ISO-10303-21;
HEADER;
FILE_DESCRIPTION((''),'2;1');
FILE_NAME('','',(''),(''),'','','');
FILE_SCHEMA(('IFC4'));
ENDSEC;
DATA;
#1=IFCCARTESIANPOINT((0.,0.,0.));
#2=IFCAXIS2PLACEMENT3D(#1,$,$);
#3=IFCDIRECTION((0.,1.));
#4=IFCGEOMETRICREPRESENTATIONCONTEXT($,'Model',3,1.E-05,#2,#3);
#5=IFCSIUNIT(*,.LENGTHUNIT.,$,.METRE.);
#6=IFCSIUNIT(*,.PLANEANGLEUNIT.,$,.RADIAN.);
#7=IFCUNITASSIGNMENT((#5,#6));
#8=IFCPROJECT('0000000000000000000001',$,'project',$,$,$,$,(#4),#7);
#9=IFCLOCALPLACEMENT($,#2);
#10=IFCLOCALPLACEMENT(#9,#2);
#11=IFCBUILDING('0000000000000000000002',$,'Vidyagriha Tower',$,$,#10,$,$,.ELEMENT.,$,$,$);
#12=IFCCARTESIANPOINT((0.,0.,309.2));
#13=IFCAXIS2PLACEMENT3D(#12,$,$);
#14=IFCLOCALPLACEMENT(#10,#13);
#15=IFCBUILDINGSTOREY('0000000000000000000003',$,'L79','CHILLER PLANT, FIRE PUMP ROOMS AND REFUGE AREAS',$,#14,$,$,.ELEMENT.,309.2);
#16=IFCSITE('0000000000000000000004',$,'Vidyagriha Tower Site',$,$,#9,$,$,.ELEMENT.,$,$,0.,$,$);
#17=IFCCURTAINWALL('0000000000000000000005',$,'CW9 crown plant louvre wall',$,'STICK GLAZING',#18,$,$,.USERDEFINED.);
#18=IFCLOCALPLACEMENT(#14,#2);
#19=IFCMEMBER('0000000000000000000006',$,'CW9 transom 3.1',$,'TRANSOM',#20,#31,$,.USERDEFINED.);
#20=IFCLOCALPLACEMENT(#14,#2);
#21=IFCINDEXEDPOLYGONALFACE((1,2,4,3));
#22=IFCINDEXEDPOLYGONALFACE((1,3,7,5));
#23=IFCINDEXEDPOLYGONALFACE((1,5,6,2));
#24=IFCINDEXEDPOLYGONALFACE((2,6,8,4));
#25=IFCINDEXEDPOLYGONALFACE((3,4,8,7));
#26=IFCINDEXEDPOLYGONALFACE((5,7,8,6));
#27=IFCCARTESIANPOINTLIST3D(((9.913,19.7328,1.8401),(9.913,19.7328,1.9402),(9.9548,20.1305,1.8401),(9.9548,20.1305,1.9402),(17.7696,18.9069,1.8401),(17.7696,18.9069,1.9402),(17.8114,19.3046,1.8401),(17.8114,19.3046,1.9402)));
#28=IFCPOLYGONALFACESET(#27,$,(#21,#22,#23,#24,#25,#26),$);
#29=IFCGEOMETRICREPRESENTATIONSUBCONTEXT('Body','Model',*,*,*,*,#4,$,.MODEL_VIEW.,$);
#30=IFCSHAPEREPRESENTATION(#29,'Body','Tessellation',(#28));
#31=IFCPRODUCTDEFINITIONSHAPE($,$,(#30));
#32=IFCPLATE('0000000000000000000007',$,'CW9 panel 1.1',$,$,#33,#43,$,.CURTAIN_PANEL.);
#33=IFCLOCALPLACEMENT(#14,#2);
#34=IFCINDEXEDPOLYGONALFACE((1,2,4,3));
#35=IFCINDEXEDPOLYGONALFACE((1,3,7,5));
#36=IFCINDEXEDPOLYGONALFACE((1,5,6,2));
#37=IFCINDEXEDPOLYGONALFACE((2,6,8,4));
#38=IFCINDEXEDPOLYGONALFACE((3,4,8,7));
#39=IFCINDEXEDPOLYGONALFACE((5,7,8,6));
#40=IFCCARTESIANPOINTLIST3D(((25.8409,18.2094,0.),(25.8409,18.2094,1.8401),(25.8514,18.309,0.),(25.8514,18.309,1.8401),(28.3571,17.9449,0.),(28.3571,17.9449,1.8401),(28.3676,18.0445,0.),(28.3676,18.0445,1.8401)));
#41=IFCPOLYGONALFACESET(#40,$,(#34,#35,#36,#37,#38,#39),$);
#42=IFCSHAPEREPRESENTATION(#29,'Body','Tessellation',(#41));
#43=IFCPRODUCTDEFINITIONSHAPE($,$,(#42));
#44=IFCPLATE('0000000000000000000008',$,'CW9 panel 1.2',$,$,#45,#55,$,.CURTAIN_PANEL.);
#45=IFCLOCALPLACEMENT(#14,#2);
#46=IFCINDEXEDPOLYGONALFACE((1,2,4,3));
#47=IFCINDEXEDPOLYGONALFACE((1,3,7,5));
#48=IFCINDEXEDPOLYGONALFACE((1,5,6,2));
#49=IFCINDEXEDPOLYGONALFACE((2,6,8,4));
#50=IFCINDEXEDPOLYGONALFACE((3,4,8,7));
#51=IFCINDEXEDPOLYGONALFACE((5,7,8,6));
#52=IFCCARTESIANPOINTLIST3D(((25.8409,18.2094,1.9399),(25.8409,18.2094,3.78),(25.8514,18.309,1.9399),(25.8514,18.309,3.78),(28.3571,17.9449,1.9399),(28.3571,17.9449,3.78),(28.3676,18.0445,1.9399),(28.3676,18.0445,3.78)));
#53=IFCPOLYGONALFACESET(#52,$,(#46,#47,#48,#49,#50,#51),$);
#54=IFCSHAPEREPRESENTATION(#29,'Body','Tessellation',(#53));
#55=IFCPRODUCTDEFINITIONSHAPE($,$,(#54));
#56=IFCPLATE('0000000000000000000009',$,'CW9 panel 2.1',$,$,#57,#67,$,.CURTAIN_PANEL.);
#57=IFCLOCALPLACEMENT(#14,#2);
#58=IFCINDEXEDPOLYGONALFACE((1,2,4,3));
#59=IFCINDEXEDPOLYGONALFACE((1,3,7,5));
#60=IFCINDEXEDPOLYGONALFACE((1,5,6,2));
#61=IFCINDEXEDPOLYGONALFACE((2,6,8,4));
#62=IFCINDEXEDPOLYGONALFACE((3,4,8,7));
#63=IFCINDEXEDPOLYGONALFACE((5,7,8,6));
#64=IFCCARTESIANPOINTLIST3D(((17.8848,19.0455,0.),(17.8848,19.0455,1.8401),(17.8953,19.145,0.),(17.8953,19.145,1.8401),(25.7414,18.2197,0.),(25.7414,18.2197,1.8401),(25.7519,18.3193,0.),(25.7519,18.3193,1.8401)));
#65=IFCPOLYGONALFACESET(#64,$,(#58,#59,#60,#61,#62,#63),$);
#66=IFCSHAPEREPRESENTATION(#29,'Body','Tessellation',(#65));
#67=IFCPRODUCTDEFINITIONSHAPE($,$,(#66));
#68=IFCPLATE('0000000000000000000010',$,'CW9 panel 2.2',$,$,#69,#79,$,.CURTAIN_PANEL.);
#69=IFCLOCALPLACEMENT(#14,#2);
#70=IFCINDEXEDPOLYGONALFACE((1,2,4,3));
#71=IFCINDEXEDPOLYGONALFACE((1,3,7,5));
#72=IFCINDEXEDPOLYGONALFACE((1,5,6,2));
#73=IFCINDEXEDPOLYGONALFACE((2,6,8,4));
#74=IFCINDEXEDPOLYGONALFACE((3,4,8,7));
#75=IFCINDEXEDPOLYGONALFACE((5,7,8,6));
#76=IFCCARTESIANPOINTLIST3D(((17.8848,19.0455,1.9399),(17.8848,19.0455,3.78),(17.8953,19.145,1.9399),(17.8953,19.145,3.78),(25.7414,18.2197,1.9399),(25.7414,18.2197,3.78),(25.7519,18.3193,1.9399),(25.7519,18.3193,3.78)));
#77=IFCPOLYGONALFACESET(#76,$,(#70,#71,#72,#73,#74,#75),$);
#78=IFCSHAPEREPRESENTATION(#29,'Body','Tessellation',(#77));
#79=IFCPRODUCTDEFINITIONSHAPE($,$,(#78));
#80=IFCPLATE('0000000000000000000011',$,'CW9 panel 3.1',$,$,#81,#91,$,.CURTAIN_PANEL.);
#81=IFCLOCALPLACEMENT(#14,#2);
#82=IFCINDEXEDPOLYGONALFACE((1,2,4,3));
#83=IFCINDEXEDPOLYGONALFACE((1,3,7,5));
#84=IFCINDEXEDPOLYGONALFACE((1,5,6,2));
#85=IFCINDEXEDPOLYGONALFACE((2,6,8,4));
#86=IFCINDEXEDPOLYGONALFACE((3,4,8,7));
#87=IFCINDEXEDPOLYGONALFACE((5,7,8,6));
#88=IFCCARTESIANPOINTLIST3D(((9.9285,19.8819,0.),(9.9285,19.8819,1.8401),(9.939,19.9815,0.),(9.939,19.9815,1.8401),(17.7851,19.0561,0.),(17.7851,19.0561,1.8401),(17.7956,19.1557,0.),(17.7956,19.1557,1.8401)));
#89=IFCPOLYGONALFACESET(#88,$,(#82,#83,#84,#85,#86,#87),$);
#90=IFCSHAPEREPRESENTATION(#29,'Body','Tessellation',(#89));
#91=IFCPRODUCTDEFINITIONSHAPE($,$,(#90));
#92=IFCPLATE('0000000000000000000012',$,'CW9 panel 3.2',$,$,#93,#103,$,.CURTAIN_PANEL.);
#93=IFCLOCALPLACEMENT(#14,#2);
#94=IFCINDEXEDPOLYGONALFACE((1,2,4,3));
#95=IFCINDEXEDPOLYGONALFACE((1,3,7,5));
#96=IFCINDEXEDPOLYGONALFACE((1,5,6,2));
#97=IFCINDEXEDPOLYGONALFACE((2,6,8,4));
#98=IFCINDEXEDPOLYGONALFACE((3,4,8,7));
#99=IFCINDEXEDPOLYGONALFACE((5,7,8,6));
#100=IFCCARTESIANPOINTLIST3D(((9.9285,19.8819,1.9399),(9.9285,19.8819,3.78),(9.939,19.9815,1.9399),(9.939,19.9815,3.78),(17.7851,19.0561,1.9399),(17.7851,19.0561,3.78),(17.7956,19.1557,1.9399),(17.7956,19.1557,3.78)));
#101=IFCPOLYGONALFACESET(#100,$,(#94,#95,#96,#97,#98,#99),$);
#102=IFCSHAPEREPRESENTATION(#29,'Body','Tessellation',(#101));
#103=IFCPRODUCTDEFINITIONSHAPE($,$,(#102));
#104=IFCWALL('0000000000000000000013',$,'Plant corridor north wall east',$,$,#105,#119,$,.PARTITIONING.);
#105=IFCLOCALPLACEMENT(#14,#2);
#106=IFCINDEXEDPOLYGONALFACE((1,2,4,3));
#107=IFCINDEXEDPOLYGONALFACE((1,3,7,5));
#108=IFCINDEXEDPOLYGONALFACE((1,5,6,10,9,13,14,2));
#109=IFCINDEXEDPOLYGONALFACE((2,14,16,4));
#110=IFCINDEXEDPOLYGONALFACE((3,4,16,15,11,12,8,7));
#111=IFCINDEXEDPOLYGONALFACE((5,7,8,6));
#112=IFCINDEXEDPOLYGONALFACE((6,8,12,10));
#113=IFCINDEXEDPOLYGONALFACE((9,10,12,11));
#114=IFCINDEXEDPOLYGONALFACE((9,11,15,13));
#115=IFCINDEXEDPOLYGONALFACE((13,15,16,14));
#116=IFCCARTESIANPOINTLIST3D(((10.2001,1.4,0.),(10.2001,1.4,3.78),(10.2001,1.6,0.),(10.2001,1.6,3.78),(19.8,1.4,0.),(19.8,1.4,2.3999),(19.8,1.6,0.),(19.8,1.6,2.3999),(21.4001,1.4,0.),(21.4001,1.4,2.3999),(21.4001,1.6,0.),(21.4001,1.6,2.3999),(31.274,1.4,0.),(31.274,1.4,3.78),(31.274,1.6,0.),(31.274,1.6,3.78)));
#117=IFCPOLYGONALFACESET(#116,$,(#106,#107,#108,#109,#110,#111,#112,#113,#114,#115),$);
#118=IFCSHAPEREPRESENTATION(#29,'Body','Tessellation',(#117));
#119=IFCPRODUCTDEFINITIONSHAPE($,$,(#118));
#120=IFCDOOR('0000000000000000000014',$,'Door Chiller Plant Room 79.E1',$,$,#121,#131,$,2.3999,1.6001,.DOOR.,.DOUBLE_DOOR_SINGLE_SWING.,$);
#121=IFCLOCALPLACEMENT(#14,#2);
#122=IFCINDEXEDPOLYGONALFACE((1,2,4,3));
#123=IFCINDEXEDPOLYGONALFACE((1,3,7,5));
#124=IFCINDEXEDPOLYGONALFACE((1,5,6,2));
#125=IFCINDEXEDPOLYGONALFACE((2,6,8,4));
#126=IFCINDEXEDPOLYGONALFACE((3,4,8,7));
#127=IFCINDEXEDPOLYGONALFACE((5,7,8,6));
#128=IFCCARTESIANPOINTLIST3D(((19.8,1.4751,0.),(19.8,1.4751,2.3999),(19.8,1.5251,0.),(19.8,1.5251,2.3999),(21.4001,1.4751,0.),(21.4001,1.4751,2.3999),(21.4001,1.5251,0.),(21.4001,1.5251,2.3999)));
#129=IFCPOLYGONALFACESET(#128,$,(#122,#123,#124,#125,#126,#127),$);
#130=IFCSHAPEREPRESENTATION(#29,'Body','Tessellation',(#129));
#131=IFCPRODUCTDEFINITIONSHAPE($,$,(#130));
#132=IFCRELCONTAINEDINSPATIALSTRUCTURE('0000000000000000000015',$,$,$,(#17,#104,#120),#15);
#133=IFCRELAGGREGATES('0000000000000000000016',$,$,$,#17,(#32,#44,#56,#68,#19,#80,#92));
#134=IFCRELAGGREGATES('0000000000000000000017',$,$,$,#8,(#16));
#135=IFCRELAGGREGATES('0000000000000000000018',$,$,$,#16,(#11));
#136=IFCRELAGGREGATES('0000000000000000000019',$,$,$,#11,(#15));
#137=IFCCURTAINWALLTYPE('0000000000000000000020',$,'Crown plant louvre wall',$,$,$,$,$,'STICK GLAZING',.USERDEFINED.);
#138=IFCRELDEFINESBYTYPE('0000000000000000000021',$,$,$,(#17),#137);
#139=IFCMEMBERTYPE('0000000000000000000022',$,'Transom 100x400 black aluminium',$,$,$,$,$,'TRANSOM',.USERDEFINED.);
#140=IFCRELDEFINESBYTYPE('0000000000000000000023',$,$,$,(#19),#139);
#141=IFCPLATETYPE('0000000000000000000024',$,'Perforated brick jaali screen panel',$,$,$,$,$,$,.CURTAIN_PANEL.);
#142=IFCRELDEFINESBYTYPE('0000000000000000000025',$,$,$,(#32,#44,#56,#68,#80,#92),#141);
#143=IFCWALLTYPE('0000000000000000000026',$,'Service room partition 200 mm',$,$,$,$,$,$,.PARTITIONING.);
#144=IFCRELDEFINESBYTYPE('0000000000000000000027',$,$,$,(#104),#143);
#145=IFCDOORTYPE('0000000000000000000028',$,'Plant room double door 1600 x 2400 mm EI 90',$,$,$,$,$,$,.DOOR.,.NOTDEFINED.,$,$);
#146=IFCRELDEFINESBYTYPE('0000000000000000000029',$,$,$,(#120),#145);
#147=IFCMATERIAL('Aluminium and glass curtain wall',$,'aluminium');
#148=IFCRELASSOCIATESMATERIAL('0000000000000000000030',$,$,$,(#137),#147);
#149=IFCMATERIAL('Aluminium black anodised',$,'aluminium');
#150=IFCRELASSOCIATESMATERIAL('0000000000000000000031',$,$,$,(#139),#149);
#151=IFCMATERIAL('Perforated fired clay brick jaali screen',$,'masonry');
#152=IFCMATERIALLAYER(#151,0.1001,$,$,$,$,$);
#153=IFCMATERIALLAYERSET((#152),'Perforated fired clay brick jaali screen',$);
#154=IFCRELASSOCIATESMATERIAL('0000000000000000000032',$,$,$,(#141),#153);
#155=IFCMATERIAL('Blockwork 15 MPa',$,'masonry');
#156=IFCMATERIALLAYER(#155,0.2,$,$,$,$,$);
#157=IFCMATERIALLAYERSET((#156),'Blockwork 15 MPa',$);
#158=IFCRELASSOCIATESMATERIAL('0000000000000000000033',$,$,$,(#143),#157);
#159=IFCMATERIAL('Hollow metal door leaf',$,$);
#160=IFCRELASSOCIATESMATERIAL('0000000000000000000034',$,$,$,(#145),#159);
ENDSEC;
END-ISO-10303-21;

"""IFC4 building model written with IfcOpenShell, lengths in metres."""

from ifc_helpers import new_model, si_unit, direction, frame, frame_2d, origin, origin_2d, place, context, subcontext, project, spatial, rectangle, extrude, material, layer, layer_set, material_profile, profile_set, type_object, element, fill, aggregate, save


model = new_model("IFC4")

# Units and contexts
model_context = context("Model", 3, precision=1e-05, world=origin(), true_north=direction((0.0, 1.0)))
body_context = subcontext(model_context, "Body", "Model", "MODEL_VIEW")
ifc_project = project(units=[si_unit("LENGTHUNIT", "METRE"), si_unit("PLANEANGLEUNIT", "RADIAN")], contexts=[model_context])

# Site, building, storey
site_placement = place(None, origin())
site = spatial("IfcSite", under=ifc_project, at=site_placement, Name="Vidyagriha Tower Site", CompositionType="ELEMENT", RefElevation=0.0)
building_placement = place(site_placement, origin())
building = spatial("IfcBuilding", under=site, at=building_placement, Name="Vidyagriha Tower", CompositionType="ELEMENT")
storey_placement = place(building_placement, frame((0.0, 0.0, 309.2)))
storey = spatial("IfcBuildingStorey", under=building, at=storey_placement, Name="L79", Description="CHILLER PLANT, FIRE PUMP ROOMS AND REFUGE AREAS", CompositionType="ELEMENT", Elevation=309.2)

# Shared definitions
ifc_material_1 = material(Name="Aluminium and glass curtain wall", Category="aluminium")
curtain_wall_type = type_object("IfcCurtainWallType", Name="Crown plant louvre wall", ElementType="STICK GLAZING", PredefinedType="USERDEFINED", material=ifc_material_1)

# Curtain wall, member, plates
curtain_wall_1_placement = place(storey_placement, origin())
curtain_wall_1 = element("IfcCurtainWall", 1, at=curtain_wall_1_placement, inside=storey, type_object=curtain_wall_type, Name="CW9 crown plant louvre wall", ObjectType="STICK GLAZING", PredefinedType="USERDEFINED")
ifc_material_2 = material(Name="Aluminium black anodised", Category="aluminium")
ifc_material_profile_1 = material_profile(ifc_material_2, rectangle(XDim=0.3999, YDim=0.1001, at=origin_2d()), Name="Transom 100x400 black aluminium")
ifc_profile_set_1 = profile_set([ifc_material_profile_1], Name="Aluminium black anodised")
member_type_1 = type_object("IfcMemberType", Name="Transom 100x400 black aluminium", ElementType="TRANSOM", PredefinedType="USERDEFINED", material=ifc_profile_set_1)
member_1_placement = place(storey_placement, frame((17.7905, 19.1057, 1.8901), z_axis=(-0.99452, 0.104548, 0.0), x_axis=(-0.104548, -0.99452, 0.0)))
member_1 = element("IfcMember", 2, at=member_1_placement, type_object=member_type_1, Name="CW9 transom 3.1", ObjectType="TRANSOM", PredefinedType="USERDEFINED", context=body_context, shape_type="SweptSolid", body=[
    extrude(rectangle(XDim=0.3999, YDim=0.1001, at=origin_2d()), origin(), (0.0, 0.0, 1.0), 7.8999),
])
ifc_material_3 = material(Name="Perforated fired clay brick jaali screen", Category="masonry")
ifc_layer_1 = layer(ifc_material_3, 0.1001)
ifc_layer_set_1 = layer_set([ifc_layer_1], Name="Perforated fired clay brick jaali screen")
plate_type = type_object("IfcPlateType", Name="Perforated brick jaali screen panel", PredefinedType="CURTAIN_PANEL", material=ifc_layer_set_1)
plate_1_placement = place(storey_placement, frame((27.1042, 18.127, 0.0), z_axis=(0.0, 0.0, 1.0), x_axis=(-0.994522, 0.104528, 0.0)))
plate_1 = element("IfcPlate", 3, at=plate_1_placement, type_object=plate_type, Name="CW9 panel 1.1", PredefinedType="CURTAIN_PANEL", context=body_context, shape_type="SweptSolid", body=[
    extrude(rectangle(XDim=2.53, YDim=0.1001, at=origin_2d()), origin(), (0.0, 0.0, 1.0), 1.8401),
])
plate_2_placement = place(storey_placement, frame((27.1042, 18.127, 1.9399), z_axis=(0.0, 0.0, 1.0), x_axis=(-0.994522, 0.104528, 0.0)))
plate_2 = element("IfcPlate", 4, at=plate_2_placement, type_object=plate_type, Name="CW9 panel 1.2", PredefinedType="CURTAIN_PANEL", context=body_context, shape_type="SweptSolid", body=[
    extrude(rectangle(XDim=2.53, YDim=0.1001, at=origin_2d()), origin(), (0.0, 0.0, 1.0), 1.8401),
])
plate_3_placement = place(storey_placement, frame((21.8184, 18.6824, 0.0), z_axis=(0.0, 0.0, 1.0), x_axis=(-0.994522, 0.104528, 0.0)))
plate_3 = element("IfcPlate", 5, at=plate_3_placement, type_object=plate_type, Name="CW9 panel 2.1", PredefinedType="CURTAIN_PANEL", context=body_context, shape_type="SweptSolid", body=[
    extrude(rectangle(XDim=7.8999, YDim=0.1001, at=origin_2d()), origin(), (0.0, 0.0, 1.0), 1.8401),
])
plate_4_placement = place(storey_placement, frame((21.8184, 18.6824, 1.9399), z_axis=(0.0, 0.0, 1.0), x_axis=(-0.994522, 0.104528, 0.0)))
plate_4 = element("IfcPlate", 6, at=plate_4_placement, type_object=plate_type, Name="CW9 panel 2.2", PredefinedType="CURTAIN_PANEL", context=body_context, shape_type="SweptSolid", body=[
    extrude(rectangle(XDim=7.8999, YDim=0.1001, at=origin_2d()), origin(), (0.0, 0.0, 1.0), 1.8401),
])
plate_5_placement = place(storey_placement, frame((13.8621, 19.5188, 0.0), z_axis=(0.0, 0.0, 1.0), x_axis=(-0.994522, 0.104528, 0.0)))
plate_5 = element("IfcPlate", 7, at=plate_5_placement, type_object=plate_type, Name="CW9 panel 3.1", PredefinedType="CURTAIN_PANEL", context=body_context, shape_type="SweptSolid", body=[
    extrude(rectangle(XDim=7.8999, YDim=0.1001, at=origin_2d()), origin(), (0.0, 0.0, 1.0), 1.8401),
])
plate_6_placement = place(storey_placement, frame((13.8621, 19.5188, 1.9399), z_axis=(0.0, 0.0, 1.0), x_axis=(-0.994522, 0.104528, 0.0)))
plate_6 = element("IfcPlate", 8, at=plate_6_placement, type_object=plate_type, Name="CW9 panel 3.2", PredefinedType="CURTAIN_PANEL", context=body_context, shape_type="SweptSolid", body=[
    extrude(rectangle(XDim=7.8999, YDim=0.1001, at=origin_2d()), origin(), (0.0, 0.0, 1.0), 1.8401),
])
aggregate(curtain_wall_1, [plate_1, plate_2, plate_3, plate_4, member_1, plate_5, plate_6])

# Wall, opening, door
ifc_material_4 = material(Name="Blockwork 15 MPa", Category="masonry")
ifc_layer_2 = layer(ifc_material_4, 0.2)
ifc_layer_set_2 = layer_set([ifc_layer_2], Name="Blockwork 15 MPa")
wall_type = type_object("IfcWallType", Name="Service room partition 200 mm", PredefinedType="PARTITIONING", material=ifc_layer_set_2)
wall_placement = place(storey_placement, frame((10.2, 1.5, 0.0)))
wall = element("IfcWall", 9, at=wall_placement, inside=storey, type_object=wall_type, Name="Plant corridor north wall east", PredefinedType="PARTITIONING", context=body_context, shape_type="SweptSolid", body=[
    extrude(rectangle(XDim=21.074, YDim=0.2, at=frame_2d((10.5371, 0.0))), origin(), (0.0, 0.0, 1.0), 3.78),
])
opening_placement = place(wall_placement, frame((9.6001, 0.0, 0.0)))
opening = element("IfcOpeningElement", 10, at=opening_placement, cuts=wall, PredefinedType="OPENING", context=body_context, shape_type="SweptSolid", body=[
    extrude(rectangle(XDim=1.6001, YDim=2.3999, at=frame_2d((0.8, 1.2))), frame((0.0, 0.1099, 0.0), z_axis=(0.0, -1.0, 0.0), x_axis=(1.0, 0.0, 0.0)), (0.0, 0.0, 1.0), 0.22),
])
ifc_material_5 = material(Name="Hollow metal door leaf")
door_type = type_object("IfcDoorType", Name="Plant room double door 1600 x 2400 mm EI 90", OperationType="NOTDEFINED", PredefinedType="DOOR", material=ifc_material_5)
door_placement = place(opening_placement, frame((1.6001, 0.0, 0.0), z_axis=(0.0, 0.0, 1.0), x_axis=(-1.0, 0.0, 0.0)))
door = element("IfcDoor", 11, at=door_placement, inside=storey, type_object=door_type, Name="Door Chiller Plant Room 79.E1", OperationType="DOUBLE_DOOR_SINGLE_SWING", OverallHeight=2.3999, OverallWidth=1.6001, PredefinedType="DOOR", context=body_context, shape_type="SweptSolid", body=[
    extrude(rectangle(XDim=1.6001, YDim=2.3999, at=frame_2d((0.8, 1.2))), frame((0.0, 0.0249, 0.0), z_axis=(0.0, -1.0, 0.0), x_axis=(1.0, 0.0, 0.0)), (0.0, 0.0, 1.0), 0.05),
])
fill(opening, door)

save(model, "model.ifc")
